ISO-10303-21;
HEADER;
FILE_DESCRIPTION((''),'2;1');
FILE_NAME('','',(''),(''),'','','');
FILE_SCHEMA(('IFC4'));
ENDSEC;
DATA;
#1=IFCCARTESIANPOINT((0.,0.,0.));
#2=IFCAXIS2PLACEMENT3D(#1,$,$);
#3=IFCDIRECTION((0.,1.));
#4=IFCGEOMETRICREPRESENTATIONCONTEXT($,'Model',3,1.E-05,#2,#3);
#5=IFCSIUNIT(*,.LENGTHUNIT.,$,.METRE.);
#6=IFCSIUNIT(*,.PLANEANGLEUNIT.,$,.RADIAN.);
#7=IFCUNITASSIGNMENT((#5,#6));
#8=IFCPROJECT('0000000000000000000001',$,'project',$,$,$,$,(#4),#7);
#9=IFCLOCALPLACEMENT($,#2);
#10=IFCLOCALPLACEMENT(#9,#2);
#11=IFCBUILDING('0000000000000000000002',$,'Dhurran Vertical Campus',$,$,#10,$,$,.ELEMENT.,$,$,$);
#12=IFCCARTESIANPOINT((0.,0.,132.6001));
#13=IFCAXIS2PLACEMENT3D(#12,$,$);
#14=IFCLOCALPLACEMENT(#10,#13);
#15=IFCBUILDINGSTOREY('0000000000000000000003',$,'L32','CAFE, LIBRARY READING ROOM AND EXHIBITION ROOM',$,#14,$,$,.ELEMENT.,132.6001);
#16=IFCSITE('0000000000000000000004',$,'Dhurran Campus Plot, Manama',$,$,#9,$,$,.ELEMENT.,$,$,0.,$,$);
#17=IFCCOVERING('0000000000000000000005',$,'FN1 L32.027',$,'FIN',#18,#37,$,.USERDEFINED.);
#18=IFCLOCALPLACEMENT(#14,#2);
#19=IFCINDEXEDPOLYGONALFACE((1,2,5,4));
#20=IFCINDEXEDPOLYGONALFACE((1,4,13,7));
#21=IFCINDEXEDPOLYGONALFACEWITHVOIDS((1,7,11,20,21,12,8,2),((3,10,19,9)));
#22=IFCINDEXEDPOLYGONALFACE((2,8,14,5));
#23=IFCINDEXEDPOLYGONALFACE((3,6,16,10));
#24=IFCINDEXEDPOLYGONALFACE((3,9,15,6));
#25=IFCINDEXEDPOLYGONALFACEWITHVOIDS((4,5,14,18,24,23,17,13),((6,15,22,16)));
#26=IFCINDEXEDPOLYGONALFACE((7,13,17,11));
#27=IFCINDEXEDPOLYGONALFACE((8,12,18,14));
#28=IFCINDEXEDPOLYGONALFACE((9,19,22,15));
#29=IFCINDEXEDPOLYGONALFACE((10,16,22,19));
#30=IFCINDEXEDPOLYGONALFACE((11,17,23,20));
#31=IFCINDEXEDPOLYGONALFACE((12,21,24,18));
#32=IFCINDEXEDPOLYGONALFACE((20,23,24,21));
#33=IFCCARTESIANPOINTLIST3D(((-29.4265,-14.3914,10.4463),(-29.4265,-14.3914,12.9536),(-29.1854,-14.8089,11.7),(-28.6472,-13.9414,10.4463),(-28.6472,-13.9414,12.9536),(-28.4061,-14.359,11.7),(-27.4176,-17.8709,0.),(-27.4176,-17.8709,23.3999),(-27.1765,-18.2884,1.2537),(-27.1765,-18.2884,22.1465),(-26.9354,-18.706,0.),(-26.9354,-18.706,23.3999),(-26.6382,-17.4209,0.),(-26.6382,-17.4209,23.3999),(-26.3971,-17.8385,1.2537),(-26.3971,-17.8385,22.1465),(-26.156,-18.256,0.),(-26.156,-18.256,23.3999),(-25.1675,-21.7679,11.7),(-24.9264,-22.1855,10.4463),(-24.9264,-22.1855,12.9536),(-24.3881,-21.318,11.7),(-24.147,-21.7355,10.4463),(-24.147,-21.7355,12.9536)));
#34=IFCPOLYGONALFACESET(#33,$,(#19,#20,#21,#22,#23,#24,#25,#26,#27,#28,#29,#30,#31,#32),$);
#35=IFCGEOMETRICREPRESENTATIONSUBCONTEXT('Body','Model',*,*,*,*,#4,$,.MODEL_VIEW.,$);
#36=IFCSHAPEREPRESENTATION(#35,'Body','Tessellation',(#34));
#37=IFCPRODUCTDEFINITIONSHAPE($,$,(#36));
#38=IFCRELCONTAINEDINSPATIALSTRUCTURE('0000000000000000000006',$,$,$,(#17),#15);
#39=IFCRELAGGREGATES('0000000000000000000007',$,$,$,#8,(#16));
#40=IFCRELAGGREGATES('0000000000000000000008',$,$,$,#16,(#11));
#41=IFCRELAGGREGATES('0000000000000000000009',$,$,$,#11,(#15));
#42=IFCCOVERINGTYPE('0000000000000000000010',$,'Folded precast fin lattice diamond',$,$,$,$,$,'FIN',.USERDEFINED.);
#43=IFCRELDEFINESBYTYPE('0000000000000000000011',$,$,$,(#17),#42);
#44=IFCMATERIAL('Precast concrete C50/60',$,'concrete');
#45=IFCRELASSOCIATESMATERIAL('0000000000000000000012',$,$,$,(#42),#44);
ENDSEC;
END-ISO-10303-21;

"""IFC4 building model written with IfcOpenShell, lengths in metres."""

from ifc_helpers import new_model, si_unit, direction, frame, origin, place, context, subcontext, project, spatial, polyline, outline, extrude, material, type_object, element, save


model = new_model("IFC4")

# Units and contexts
model_context = context("Model", 3, precision=1e-05, world=origin(), true_north=direction((0.0, 1.0)))
body_context = subcontext(model_context, "Body", "Model", "MODEL_VIEW")
ifc_project = project(units=[si_unit("LENGTHUNIT", "METRE"), si_unit("PLANEANGLEUNIT", "RADIAN")], contexts=[model_context])

# Site, building, storey
site_placement = place(None, origin())
site = spatial("IfcSite", under=ifc_project, at=site_placement, Name="Dhurran Campus Plot, Manama", CompositionType="ELEMENT", RefElevation=0.0)
building_placement = place(site_placement, origin())
building = spatial("IfcBuilding", under=site, at=building_placement, Name="Dhurran Vertical Campus", CompositionType="ELEMENT")
storey_placement = place(building_placement, frame((0.0, 0.0, 132.6001)))
storey = spatial("IfcBuildingStorey", under=building, at=storey_placement, Name="L32", Description="CAFE, LIBRARY READING ROOM AND EXHIBITION ROOM", CompositionType="ELEMENT", Elevation=132.6001)

# Covering
ifc_material_1 = material(Name="Precast concrete C50/60", Category="concrete")
covering_type = type_object("IfcCoveringType", Name="Folded precast fin lattice diamond", ElementType="FIN", PredefinedType="USERDEFINED", material=ifc_material_1)
for number, where, z_axis, x_axis, name in (
    (1, (-28.6472, -13.9414, 0.0), (-0.866014, -0.50002, 0.0), (0.50002, -0.866014, 0.0), "FN1 L32.027"),
):
    element("IfcCovering", number, at=place(storey_placement, frame(where, z_axis=z_axis, x_axis=x_axis)), inside=storey, type_object=covering_type, Name=name, ObjectType="FIN", PredefinedType="USERDEFINED", context=body_context, shape_type="SweptSolid", body=[
        extrude(outline(polyline([(9.0, 12.9536), (9.0, 10.4463), (4.9822, 0.0), (4.0178, 0.0), (0.0, 10.4463), (0.0, 12.9536), (4.0178, 23.3999), (4.9822, 23.3999), (9.0, 12.9536)]), holes=[polyline([(8.5178, 11.7), (4.5, 22.1465), (0.4822, 11.7), (4.5, 1.2537), (8.5178, 11.7)])]), origin(), (0.0, 0.0, 1.0), 0.8999),
    ])

save(model, "model.ifc")
